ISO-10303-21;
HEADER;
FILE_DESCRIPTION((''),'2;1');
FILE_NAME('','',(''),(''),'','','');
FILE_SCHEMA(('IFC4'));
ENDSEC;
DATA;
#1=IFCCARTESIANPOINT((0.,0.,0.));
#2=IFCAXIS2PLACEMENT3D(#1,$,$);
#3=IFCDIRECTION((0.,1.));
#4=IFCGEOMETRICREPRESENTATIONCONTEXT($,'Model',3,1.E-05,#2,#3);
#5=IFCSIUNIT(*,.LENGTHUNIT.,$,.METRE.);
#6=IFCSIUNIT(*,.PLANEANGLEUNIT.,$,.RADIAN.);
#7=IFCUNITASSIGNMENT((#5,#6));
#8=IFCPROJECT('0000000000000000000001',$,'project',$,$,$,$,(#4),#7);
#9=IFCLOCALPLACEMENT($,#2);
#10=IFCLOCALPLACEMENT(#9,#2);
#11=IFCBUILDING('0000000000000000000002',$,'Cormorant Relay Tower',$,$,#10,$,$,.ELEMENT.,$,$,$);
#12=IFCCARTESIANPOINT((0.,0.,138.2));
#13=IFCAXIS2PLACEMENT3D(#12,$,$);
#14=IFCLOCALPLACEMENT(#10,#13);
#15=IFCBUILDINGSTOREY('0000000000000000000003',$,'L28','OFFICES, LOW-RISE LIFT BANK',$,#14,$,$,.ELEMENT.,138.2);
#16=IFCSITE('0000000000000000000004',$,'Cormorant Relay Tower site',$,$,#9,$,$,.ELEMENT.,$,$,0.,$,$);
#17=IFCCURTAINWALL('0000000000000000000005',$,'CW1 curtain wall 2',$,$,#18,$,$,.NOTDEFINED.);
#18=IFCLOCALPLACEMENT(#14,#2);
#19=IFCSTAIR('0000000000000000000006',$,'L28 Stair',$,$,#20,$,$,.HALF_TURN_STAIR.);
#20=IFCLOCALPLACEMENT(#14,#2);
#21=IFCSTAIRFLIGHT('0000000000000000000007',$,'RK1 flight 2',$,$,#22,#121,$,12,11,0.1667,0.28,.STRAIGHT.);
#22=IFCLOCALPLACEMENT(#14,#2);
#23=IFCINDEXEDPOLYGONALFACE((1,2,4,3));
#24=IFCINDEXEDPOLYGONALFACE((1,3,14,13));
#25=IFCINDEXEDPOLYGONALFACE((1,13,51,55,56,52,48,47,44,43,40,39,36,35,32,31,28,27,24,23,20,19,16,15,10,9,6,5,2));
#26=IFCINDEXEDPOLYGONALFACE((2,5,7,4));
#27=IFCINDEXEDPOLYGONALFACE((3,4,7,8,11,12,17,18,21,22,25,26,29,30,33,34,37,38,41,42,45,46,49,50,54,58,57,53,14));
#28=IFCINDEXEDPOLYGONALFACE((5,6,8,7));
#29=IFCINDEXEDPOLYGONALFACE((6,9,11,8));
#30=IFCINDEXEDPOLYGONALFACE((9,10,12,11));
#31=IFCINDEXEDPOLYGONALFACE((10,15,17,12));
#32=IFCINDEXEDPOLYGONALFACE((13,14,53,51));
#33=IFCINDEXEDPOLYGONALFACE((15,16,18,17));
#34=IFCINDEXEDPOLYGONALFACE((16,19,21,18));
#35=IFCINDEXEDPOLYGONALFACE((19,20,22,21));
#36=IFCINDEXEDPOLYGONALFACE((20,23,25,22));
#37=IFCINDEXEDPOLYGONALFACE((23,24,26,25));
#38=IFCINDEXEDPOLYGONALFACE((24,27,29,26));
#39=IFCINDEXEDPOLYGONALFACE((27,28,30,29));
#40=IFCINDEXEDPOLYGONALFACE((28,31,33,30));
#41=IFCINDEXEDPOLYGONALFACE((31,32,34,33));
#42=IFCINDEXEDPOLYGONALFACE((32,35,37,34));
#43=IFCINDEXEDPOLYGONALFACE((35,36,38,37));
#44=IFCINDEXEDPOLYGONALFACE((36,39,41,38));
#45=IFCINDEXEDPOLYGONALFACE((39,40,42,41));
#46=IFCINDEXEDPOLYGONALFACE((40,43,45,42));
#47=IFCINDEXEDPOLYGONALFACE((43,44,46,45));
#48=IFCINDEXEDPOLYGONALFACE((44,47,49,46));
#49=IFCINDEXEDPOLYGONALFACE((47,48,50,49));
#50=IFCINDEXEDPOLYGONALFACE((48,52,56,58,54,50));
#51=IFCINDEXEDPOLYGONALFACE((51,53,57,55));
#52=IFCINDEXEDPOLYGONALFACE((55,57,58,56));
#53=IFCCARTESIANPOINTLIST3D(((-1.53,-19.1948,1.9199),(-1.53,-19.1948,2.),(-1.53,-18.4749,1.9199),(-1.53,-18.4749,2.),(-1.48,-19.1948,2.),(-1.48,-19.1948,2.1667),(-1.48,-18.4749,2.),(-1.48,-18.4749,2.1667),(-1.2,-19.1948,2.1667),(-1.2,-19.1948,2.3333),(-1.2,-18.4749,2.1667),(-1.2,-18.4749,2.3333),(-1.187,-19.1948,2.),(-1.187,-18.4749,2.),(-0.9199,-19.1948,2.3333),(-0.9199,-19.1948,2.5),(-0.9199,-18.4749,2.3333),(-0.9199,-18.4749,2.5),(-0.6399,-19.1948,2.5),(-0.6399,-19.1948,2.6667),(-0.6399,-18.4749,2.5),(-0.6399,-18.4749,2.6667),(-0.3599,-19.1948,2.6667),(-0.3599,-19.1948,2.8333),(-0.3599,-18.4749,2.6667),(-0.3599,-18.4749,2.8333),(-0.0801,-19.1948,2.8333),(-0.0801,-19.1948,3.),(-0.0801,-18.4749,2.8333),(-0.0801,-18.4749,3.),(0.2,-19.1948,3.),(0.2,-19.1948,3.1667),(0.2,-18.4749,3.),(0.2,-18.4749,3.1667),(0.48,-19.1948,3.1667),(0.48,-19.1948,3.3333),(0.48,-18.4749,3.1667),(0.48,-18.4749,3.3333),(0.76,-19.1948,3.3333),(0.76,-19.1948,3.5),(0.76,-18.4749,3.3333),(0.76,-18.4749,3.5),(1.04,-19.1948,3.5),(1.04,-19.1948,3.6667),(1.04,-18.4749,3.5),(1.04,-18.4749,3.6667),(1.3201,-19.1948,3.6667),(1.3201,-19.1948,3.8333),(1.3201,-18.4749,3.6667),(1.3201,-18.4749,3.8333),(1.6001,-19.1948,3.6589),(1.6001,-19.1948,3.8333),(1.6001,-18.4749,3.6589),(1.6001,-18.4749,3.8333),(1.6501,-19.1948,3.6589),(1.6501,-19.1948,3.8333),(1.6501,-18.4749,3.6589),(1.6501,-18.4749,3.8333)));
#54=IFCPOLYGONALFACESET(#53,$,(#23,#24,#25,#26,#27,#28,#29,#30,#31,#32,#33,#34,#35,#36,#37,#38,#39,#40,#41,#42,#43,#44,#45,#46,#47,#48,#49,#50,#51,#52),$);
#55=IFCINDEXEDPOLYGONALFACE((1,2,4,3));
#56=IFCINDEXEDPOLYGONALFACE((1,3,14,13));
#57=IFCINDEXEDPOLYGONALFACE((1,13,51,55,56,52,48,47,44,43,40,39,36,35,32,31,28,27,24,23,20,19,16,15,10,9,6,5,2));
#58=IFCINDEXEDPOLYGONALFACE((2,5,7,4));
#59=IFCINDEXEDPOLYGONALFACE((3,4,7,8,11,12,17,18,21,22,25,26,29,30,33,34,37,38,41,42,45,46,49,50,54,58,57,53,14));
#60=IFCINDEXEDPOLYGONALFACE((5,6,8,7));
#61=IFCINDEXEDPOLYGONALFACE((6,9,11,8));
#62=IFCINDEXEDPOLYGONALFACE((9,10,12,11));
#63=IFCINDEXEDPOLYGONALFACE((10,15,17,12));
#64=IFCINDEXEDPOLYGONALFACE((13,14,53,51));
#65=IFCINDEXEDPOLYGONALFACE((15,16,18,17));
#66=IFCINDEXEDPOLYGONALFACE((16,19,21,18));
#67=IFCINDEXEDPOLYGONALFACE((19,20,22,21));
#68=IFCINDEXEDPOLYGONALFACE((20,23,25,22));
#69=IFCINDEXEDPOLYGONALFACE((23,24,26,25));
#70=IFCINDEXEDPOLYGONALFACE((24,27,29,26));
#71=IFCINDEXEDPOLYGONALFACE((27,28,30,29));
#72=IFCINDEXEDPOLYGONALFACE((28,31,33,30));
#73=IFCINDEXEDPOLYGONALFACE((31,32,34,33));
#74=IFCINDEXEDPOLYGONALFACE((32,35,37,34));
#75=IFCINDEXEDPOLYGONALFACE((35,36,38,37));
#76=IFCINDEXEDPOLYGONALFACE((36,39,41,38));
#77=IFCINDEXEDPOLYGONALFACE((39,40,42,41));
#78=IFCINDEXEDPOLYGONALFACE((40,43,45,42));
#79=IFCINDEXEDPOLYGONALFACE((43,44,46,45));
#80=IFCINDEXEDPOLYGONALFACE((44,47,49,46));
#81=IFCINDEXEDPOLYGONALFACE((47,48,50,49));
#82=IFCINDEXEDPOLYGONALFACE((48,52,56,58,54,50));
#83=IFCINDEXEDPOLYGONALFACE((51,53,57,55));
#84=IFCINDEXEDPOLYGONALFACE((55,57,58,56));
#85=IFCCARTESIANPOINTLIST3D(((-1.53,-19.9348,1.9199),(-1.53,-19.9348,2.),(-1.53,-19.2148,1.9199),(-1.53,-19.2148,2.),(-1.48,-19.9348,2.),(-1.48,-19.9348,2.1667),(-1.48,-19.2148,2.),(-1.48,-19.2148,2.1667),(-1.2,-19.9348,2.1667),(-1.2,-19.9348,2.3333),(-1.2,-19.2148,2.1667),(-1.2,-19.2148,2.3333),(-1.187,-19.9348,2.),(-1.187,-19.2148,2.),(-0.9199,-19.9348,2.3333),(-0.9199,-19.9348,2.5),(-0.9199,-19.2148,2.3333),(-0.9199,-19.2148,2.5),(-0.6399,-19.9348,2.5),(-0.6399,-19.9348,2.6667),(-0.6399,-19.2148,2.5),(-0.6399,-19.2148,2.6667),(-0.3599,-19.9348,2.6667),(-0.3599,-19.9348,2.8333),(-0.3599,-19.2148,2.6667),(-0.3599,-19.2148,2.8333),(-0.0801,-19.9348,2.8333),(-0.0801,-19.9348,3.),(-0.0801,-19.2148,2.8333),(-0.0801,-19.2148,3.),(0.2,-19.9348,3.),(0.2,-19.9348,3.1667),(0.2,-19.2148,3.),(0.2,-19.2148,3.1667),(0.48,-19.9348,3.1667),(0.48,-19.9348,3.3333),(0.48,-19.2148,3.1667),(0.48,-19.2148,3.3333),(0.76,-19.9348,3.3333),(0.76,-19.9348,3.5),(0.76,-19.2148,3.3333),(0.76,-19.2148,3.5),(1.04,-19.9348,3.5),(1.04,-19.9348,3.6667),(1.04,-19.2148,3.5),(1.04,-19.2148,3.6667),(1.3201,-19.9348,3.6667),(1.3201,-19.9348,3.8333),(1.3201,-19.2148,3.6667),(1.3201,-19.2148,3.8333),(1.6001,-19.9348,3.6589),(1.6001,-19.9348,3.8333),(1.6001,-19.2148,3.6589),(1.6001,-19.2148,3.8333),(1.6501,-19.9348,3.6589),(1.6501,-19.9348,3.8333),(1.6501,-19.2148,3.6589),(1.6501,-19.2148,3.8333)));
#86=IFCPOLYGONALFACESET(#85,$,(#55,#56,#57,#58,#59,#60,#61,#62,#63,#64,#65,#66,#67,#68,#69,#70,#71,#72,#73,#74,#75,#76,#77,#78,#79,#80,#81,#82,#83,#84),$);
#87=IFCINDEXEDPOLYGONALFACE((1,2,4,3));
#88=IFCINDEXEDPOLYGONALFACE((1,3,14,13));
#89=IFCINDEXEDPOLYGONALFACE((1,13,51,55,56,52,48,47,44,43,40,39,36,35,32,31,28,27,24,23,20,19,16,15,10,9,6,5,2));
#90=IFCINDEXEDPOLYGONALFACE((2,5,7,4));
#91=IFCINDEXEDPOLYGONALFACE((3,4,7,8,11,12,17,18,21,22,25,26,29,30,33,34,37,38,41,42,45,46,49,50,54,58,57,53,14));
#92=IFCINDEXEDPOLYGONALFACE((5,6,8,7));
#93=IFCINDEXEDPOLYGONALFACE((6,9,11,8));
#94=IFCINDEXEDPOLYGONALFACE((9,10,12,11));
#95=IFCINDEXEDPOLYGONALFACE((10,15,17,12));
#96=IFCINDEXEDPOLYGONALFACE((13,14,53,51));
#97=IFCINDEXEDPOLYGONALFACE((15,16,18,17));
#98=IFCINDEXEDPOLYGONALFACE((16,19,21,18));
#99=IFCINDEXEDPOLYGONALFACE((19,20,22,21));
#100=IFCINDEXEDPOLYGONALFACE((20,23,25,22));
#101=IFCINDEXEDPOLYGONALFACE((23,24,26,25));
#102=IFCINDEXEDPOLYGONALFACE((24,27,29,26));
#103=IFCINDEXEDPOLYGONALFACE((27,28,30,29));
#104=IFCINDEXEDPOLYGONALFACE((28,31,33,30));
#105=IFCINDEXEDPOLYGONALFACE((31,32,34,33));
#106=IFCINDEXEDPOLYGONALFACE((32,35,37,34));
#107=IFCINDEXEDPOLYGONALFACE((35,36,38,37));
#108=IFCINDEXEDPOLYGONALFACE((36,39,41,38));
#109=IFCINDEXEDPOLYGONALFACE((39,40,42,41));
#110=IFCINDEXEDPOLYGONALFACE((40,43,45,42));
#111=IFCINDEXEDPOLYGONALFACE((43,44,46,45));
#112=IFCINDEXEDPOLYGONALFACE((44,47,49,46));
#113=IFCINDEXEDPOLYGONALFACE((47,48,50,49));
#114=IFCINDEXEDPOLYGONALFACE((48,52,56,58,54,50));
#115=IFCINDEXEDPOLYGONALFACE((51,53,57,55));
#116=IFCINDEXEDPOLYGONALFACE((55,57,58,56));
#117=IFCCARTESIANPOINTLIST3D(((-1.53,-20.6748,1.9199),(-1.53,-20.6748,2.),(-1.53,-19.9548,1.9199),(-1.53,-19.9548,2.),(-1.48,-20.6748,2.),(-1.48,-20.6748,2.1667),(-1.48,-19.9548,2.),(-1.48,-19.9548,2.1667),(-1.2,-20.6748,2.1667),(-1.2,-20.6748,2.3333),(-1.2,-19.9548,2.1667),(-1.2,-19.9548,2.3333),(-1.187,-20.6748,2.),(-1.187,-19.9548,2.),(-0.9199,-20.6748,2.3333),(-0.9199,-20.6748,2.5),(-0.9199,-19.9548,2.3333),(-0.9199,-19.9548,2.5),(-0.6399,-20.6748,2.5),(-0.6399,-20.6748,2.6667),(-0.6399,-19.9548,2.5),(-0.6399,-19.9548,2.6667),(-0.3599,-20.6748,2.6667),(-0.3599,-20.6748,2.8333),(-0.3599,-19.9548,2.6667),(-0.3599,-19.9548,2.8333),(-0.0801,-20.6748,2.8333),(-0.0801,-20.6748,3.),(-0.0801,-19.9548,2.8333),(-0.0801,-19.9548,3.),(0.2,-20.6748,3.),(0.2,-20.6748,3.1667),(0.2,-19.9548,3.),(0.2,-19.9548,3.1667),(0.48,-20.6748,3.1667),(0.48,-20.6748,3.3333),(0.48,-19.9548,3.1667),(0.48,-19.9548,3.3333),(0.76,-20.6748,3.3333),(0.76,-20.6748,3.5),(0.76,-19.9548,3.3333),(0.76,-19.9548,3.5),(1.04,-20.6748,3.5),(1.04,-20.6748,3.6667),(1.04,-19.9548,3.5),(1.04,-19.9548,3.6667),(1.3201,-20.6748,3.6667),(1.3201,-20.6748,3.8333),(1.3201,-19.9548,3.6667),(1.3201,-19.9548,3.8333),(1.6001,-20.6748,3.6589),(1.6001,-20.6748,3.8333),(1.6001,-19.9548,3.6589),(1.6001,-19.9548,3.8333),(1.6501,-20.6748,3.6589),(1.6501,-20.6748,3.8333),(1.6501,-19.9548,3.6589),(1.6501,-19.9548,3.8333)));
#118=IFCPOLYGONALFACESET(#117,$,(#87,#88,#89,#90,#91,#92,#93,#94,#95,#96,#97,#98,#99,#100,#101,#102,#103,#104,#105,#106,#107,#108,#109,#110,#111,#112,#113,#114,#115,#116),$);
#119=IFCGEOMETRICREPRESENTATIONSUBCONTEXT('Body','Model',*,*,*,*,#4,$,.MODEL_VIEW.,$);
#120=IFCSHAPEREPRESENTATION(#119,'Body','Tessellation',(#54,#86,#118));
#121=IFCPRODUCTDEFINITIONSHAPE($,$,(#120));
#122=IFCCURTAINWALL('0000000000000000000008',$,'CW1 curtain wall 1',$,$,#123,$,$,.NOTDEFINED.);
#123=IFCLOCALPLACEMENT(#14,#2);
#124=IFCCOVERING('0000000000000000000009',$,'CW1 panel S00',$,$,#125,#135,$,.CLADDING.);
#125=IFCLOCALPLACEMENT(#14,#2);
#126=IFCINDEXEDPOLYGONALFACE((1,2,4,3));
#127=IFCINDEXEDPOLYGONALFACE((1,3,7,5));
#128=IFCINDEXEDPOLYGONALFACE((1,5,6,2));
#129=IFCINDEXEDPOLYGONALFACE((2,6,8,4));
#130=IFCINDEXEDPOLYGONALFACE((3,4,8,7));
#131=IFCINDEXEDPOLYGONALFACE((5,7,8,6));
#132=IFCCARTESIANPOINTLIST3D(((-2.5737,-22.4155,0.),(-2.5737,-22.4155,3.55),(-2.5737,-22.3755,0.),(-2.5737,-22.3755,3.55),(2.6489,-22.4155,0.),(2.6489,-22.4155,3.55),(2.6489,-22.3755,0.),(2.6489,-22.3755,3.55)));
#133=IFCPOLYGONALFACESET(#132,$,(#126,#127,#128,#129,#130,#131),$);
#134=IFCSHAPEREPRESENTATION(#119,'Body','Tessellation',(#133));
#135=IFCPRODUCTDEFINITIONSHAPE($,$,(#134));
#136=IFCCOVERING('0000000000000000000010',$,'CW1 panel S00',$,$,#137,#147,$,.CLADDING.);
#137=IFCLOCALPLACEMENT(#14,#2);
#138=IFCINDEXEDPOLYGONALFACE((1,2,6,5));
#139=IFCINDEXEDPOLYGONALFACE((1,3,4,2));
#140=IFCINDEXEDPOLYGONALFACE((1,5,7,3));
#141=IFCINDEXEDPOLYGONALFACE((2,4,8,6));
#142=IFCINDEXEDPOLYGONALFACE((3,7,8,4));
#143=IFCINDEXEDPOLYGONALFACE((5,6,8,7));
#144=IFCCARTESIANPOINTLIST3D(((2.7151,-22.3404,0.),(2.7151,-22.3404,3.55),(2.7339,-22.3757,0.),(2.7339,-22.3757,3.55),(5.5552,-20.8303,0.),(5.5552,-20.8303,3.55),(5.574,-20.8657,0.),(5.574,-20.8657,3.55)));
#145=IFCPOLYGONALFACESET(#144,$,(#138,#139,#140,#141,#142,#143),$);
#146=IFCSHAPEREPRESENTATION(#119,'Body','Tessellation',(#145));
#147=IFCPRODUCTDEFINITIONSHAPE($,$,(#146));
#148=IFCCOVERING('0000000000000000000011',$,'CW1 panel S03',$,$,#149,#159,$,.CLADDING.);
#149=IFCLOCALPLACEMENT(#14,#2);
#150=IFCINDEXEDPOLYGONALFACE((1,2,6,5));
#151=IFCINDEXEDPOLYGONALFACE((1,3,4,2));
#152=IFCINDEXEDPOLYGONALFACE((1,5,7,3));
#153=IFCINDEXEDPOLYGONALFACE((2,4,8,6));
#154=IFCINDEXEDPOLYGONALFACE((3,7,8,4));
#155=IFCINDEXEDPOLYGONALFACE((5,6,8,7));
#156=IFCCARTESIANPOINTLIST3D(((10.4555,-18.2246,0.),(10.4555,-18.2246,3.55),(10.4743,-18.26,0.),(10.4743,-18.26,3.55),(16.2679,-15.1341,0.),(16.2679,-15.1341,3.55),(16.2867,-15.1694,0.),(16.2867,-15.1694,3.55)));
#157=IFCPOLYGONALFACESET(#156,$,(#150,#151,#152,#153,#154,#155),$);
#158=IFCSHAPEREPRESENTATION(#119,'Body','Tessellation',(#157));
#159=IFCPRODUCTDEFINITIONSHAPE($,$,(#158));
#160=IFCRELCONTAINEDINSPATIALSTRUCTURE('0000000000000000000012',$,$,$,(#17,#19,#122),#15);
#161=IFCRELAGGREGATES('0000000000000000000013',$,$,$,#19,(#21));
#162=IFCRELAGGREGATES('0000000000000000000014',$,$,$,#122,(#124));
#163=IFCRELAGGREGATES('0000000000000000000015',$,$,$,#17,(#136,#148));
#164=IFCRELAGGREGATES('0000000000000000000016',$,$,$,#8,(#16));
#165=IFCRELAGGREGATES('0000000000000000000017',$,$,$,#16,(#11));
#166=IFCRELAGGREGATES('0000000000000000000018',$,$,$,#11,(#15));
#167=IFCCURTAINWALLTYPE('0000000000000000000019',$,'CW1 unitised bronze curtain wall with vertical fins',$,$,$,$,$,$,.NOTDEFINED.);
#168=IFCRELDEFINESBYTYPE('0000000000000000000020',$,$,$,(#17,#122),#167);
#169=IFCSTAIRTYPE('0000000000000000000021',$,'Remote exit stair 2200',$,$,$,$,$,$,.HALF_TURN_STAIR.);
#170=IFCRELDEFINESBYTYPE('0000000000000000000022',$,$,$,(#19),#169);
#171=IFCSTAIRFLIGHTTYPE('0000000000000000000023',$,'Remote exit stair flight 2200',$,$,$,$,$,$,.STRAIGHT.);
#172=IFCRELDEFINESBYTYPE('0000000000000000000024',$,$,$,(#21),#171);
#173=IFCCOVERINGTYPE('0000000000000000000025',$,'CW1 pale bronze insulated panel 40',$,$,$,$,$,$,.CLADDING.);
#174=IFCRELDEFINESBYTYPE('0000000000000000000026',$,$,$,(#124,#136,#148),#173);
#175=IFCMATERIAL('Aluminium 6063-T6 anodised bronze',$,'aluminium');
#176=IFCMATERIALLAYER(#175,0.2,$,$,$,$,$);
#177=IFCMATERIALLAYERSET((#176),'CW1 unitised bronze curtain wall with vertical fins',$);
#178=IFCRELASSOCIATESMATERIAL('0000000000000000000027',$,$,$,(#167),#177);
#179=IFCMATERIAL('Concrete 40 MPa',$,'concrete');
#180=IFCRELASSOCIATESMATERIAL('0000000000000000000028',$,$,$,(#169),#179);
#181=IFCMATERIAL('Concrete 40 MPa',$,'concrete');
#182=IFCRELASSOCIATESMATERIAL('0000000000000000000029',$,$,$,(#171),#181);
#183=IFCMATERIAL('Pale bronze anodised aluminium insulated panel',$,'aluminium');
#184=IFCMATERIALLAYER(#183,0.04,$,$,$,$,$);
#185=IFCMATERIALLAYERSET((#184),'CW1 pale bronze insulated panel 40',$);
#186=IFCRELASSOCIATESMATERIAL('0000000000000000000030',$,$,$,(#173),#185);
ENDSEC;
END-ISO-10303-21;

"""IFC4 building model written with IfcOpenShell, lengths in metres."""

from ifc_helpers import new_model, si_unit, direction, frame, origin, origin_2d, place, context, subcontext, project, spatial, polyline, rectangle, outline, extrude, material, layer, layer_set, type_object, element, aggregate, save


model = new_model("IFC4")

# Units and contexts
model_context = context("Model", 3, precision=1e-05, world=origin(), true_north=direction((0.0, 1.0)))
body_context = subcontext(model_context, "Body", "Model", "MODEL_VIEW")
ifc_project = project(units=[si_unit("LENGTHUNIT", "METRE"), si_unit("PLANEANGLEUNIT", "RADIAN")], contexts=[model_context])

# Site, building, storey
site_placement = place(None, origin())
site = spatial("IfcSite", under=ifc_project, at=site_placement, Name="Cormorant Relay Tower site", CompositionType="ELEMENT", RefElevation=0.0)
building_placement = place(site_placement, origin())
building = spatial("IfcBuilding", under=site, at=building_placement, Name="Cormorant Relay Tower", CompositionType="ELEMENT")
storey_placement = place(building_placement, frame((0.0, 0.0, 138.2)))
storey = spatial("IfcBuildingStorey", under=building, at=storey_placement, Name="L28", Description="OFFICES, LOW-RISE LIFT BANK", CompositionType="ELEMENT", Elevation=138.2)

# Curtain wall
ifc_material_1 = material(Name="Aluminium 6063-T6 anodised bronze", Category="aluminium")
ifc_layer_1 = layer(ifc_material_1, 0.2)
ifc_layer_set_1 = layer_set([ifc_layer_1], Name="CW1 unitised bronze curtain wall with vertical fins")
curtain_wall_type = type_object("IfcCurtainWallType", Name="CW1 unitised bronze curtain wall with vertical fins", PredefinedType="NOTDEFINED", material=ifc_layer_set_1)
curtain_wall_1_placement = place(storey_placement, origin())
curtain_wall_1 = element("IfcCurtainWall", 1, at=curtain_wall_1_placement, inside=storey, type_object=curtain_wall_type, Name="CW1 curtain wall 2", PredefinedType="NOTDEFINED")

# Stair, stair flight
ifc_material_2 = material(Name="Concrete 40 MPa", Category="concrete")
stair_type = type_object("IfcStairType", Name="Remote exit stair 2200", PredefinedType="HALF_TURN_STAIR", material=ifc_material_2)
stair_placement = place(storey_placement, origin())
stair = element("IfcStair", 2, at=stair_placement, inside=storey, type_object=stair_type, Name="L28 Stair", PredefinedType="HALF_TURN_STAIR")
ifc_material_3 = material(Name="Concrete 40 MPa", Category="concrete")
stair_flight_type = type_object("IfcStairFlightType", Name="Remote exit stair flight 2200", PredefinedType="STRAIGHT", material=ifc_material_3)
stair_flight_1_placement = place(storey_placement, frame((-1.48, -19.575, 2.0), z_axis=(0.0, 0.0, 1.0), x_axis=(1.0, 0.0, 0.0)))
stair_flight_1 = element("IfcStairFlight", 3, at=stair_flight_1_placement, type_object=stair_flight_type, Name="RK1 flight 2", NumberOfRisers=12, NumberOfTreads=11, PredefinedType="STRAIGHT", RiserHeight=0.1667, TreadLength=0.28, context=body_context, shape_type="SweptSolid", body=[
    extrude(outline(polyline([(-0.05, -0.0801), (-0.05, 0.0), (0.0, 0.0), (0.0, 0.1667), (0.28, 0.1667), (0.28, 0.3333), (0.5601, 0.3333), (0.5601, 0.5), (0.8401, 0.5), (0.8401, 0.6667), (1.1201, 0.6667), (1.1201, 0.8333), (1.3999, 0.8333), (1.3999, 1.0), (1.6799, 1.0), (1.6799, 1.1667), (1.96, 1.1667), (1.96, 1.3333), (2.24, 1.3333), (2.24, 1.5), (2.52, 1.5), (2.52, 1.6667), (2.8, 1.6667), (2.8, 1.8333), (3.0801, 1.8333), (3.1301, 1.8333), (3.1301, 1.6589), (3.0801, 1.6589), (0.293, 0.0), (-0.05, -0.0801)])), frame((0.0, 1.1001, 0.0), z_axis=(0.0, -1.0, 0.0), x_axis=(1.0, 0.0, 0.0)), (0.0, 0.0, 1.0), 0.72),
    extrude(outline(polyline([(-0.05, -0.0801), (-0.05, 0.0), (0.0, 0.0), (0.0, 0.1667), (0.28, 0.1667), (0.28, 0.3333), (0.5601, 0.3333), (0.5601, 0.5), (0.8401, 0.5), (0.8401, 0.6667), (1.1201, 0.6667), (1.1201, 0.8333), (1.3999, 0.8333), (1.3999, 1.0), (1.6799, 1.0), (1.6799, 1.1667), (1.96, 1.1667), (1.96, 1.3333), (2.24, 1.3333), (2.24, 1.5), (2.52, 1.5), (2.52, 1.6667), (2.8, 1.6667), (2.8, 1.8333), (3.0801, 1.8333), (3.1301, 1.8333), (3.1301, 1.6589), (3.0801, 1.6589), (0.293, 0.0), (-0.05, -0.0801)])), frame((0.0, 0.3601, 0.0), z_axis=(0.0, -1.0, 0.0), x_axis=(1.0, 0.0, 0.0)), (0.0, 0.0, 1.0), 0.72),
    extrude(outline(polyline([(-0.05, -0.0801), (-0.05, 0.0), (0.0, 0.0), (0.0, 0.1667), (0.28, 0.1667), (0.28, 0.3333), (0.5601, 0.3333), (0.5601, 0.5), (0.8401, 0.5), (0.8401, 0.6667), (1.1201, 0.6667), (1.1201, 0.8333), (1.3999, 0.8333), (1.3999, 1.0), (1.6799, 1.0), (1.6799, 1.1667), (1.96, 1.1667), (1.96, 1.3333), (2.24, 1.3333), (2.24, 1.5), (2.52, 1.5), (2.52, 1.6667), (2.8, 1.6667), (2.8, 1.8333), (3.0801, 1.8333), (3.1301, 1.8333), (3.1301, 1.6589), (3.0801, 1.6589), (0.293, 0.0), (-0.05, -0.0801)])), frame((0.0, -0.3799, 0.0), z_axis=(0.0, -1.0, 0.0), x_axis=(1.0, 0.0, 0.0)), (0.0, 0.0, 1.0), 0.72),
])
aggregate(stair, [stair_flight_1])

# Curtain wall, covering
curtain_wall_2_placement = place(storey_placement, origin())
curtain_wall_2 = element("IfcCurtainWall", 4, at=curtain_wall_2_placement, inside=storey, type_object=curtain_wall_type, Name="CW1 curtain wall 1", PredefinedType="NOTDEFINED")
ifc_material_4 = material(Name="Pale bronze anodised aluminium insulated panel", Category="aluminium")
ifc_layer_2 = layer(ifc_material_4, 0.04)
ifc_layer_set_2 = layer_set([ifc_layer_2], Name="CW1 pale bronze insulated panel 40")
covering_type = type_object("IfcCoveringType", Name="CW1 pale bronze insulated panel 40", PredefinedType="CLADDING", material=ifc_layer_set_2)
covering_1_placement = place(storey_placement, frame((0.0376, -22.3955, 0.0), z_axis=(0.0, 0.0, 1.0), x_axis=(1.0, 0.0, 0.0)))
covering_1 = element("IfcCovering", 5, at=covering_1_placement, type_object=covering_type, Name="CW1 panel S00", PredefinedType="CLADDING", context=body_context, shape_type="SweptSolid", body=[
    extrude(rectangle(XDim=5.2227, YDim=0.04, at=origin_2d()), origin(), (0.0, 0.0, 1.0), 3.55),
])
aggregate(curtain_wall_2, [covering_1])

# Coverings
covering_2_placement = place(storey_placement, frame((4.1445, -21.603, 0.0), z_axis=(0.0, 0.0, 1.0), x_axis=(0.882948, 0.469472, 0.0)))
covering_2 = element("IfcCovering", 6, at=covering_2_placement, type_object=covering_type, Name="CW1 panel S00", PredefinedType="CLADDING", context=body_context, shape_type="SweptSolid", body=[
    extrude(rectangle(XDim=3.2166, YDim=0.04, at=origin_2d()), origin(), (0.0, 0.0, 1.0), 3.55),
])
covering_3_placement = place(storey_placement, frame((13.3711, -16.697, 0.0), z_axis=(0.0, 0.0, 1.0), x_axis=(0.882948, 0.469472, 0.0)))
covering_3 = element("IfcCovering", 7, at=covering_3_placement, type_object=covering_type, Name="CW1 panel S03", PredefinedType="CLADDING", context=body_context, shape_type="SweptSolid", body=[
    extrude(rectangle(XDim=6.583, YDim=0.04, at=origin_2d()), origin(), (0.0, 0.0, 1.0), 3.55),
])
aggregate(curtain_wall_1, [covering_2, covering_3])

save(model, "model.ifc")
